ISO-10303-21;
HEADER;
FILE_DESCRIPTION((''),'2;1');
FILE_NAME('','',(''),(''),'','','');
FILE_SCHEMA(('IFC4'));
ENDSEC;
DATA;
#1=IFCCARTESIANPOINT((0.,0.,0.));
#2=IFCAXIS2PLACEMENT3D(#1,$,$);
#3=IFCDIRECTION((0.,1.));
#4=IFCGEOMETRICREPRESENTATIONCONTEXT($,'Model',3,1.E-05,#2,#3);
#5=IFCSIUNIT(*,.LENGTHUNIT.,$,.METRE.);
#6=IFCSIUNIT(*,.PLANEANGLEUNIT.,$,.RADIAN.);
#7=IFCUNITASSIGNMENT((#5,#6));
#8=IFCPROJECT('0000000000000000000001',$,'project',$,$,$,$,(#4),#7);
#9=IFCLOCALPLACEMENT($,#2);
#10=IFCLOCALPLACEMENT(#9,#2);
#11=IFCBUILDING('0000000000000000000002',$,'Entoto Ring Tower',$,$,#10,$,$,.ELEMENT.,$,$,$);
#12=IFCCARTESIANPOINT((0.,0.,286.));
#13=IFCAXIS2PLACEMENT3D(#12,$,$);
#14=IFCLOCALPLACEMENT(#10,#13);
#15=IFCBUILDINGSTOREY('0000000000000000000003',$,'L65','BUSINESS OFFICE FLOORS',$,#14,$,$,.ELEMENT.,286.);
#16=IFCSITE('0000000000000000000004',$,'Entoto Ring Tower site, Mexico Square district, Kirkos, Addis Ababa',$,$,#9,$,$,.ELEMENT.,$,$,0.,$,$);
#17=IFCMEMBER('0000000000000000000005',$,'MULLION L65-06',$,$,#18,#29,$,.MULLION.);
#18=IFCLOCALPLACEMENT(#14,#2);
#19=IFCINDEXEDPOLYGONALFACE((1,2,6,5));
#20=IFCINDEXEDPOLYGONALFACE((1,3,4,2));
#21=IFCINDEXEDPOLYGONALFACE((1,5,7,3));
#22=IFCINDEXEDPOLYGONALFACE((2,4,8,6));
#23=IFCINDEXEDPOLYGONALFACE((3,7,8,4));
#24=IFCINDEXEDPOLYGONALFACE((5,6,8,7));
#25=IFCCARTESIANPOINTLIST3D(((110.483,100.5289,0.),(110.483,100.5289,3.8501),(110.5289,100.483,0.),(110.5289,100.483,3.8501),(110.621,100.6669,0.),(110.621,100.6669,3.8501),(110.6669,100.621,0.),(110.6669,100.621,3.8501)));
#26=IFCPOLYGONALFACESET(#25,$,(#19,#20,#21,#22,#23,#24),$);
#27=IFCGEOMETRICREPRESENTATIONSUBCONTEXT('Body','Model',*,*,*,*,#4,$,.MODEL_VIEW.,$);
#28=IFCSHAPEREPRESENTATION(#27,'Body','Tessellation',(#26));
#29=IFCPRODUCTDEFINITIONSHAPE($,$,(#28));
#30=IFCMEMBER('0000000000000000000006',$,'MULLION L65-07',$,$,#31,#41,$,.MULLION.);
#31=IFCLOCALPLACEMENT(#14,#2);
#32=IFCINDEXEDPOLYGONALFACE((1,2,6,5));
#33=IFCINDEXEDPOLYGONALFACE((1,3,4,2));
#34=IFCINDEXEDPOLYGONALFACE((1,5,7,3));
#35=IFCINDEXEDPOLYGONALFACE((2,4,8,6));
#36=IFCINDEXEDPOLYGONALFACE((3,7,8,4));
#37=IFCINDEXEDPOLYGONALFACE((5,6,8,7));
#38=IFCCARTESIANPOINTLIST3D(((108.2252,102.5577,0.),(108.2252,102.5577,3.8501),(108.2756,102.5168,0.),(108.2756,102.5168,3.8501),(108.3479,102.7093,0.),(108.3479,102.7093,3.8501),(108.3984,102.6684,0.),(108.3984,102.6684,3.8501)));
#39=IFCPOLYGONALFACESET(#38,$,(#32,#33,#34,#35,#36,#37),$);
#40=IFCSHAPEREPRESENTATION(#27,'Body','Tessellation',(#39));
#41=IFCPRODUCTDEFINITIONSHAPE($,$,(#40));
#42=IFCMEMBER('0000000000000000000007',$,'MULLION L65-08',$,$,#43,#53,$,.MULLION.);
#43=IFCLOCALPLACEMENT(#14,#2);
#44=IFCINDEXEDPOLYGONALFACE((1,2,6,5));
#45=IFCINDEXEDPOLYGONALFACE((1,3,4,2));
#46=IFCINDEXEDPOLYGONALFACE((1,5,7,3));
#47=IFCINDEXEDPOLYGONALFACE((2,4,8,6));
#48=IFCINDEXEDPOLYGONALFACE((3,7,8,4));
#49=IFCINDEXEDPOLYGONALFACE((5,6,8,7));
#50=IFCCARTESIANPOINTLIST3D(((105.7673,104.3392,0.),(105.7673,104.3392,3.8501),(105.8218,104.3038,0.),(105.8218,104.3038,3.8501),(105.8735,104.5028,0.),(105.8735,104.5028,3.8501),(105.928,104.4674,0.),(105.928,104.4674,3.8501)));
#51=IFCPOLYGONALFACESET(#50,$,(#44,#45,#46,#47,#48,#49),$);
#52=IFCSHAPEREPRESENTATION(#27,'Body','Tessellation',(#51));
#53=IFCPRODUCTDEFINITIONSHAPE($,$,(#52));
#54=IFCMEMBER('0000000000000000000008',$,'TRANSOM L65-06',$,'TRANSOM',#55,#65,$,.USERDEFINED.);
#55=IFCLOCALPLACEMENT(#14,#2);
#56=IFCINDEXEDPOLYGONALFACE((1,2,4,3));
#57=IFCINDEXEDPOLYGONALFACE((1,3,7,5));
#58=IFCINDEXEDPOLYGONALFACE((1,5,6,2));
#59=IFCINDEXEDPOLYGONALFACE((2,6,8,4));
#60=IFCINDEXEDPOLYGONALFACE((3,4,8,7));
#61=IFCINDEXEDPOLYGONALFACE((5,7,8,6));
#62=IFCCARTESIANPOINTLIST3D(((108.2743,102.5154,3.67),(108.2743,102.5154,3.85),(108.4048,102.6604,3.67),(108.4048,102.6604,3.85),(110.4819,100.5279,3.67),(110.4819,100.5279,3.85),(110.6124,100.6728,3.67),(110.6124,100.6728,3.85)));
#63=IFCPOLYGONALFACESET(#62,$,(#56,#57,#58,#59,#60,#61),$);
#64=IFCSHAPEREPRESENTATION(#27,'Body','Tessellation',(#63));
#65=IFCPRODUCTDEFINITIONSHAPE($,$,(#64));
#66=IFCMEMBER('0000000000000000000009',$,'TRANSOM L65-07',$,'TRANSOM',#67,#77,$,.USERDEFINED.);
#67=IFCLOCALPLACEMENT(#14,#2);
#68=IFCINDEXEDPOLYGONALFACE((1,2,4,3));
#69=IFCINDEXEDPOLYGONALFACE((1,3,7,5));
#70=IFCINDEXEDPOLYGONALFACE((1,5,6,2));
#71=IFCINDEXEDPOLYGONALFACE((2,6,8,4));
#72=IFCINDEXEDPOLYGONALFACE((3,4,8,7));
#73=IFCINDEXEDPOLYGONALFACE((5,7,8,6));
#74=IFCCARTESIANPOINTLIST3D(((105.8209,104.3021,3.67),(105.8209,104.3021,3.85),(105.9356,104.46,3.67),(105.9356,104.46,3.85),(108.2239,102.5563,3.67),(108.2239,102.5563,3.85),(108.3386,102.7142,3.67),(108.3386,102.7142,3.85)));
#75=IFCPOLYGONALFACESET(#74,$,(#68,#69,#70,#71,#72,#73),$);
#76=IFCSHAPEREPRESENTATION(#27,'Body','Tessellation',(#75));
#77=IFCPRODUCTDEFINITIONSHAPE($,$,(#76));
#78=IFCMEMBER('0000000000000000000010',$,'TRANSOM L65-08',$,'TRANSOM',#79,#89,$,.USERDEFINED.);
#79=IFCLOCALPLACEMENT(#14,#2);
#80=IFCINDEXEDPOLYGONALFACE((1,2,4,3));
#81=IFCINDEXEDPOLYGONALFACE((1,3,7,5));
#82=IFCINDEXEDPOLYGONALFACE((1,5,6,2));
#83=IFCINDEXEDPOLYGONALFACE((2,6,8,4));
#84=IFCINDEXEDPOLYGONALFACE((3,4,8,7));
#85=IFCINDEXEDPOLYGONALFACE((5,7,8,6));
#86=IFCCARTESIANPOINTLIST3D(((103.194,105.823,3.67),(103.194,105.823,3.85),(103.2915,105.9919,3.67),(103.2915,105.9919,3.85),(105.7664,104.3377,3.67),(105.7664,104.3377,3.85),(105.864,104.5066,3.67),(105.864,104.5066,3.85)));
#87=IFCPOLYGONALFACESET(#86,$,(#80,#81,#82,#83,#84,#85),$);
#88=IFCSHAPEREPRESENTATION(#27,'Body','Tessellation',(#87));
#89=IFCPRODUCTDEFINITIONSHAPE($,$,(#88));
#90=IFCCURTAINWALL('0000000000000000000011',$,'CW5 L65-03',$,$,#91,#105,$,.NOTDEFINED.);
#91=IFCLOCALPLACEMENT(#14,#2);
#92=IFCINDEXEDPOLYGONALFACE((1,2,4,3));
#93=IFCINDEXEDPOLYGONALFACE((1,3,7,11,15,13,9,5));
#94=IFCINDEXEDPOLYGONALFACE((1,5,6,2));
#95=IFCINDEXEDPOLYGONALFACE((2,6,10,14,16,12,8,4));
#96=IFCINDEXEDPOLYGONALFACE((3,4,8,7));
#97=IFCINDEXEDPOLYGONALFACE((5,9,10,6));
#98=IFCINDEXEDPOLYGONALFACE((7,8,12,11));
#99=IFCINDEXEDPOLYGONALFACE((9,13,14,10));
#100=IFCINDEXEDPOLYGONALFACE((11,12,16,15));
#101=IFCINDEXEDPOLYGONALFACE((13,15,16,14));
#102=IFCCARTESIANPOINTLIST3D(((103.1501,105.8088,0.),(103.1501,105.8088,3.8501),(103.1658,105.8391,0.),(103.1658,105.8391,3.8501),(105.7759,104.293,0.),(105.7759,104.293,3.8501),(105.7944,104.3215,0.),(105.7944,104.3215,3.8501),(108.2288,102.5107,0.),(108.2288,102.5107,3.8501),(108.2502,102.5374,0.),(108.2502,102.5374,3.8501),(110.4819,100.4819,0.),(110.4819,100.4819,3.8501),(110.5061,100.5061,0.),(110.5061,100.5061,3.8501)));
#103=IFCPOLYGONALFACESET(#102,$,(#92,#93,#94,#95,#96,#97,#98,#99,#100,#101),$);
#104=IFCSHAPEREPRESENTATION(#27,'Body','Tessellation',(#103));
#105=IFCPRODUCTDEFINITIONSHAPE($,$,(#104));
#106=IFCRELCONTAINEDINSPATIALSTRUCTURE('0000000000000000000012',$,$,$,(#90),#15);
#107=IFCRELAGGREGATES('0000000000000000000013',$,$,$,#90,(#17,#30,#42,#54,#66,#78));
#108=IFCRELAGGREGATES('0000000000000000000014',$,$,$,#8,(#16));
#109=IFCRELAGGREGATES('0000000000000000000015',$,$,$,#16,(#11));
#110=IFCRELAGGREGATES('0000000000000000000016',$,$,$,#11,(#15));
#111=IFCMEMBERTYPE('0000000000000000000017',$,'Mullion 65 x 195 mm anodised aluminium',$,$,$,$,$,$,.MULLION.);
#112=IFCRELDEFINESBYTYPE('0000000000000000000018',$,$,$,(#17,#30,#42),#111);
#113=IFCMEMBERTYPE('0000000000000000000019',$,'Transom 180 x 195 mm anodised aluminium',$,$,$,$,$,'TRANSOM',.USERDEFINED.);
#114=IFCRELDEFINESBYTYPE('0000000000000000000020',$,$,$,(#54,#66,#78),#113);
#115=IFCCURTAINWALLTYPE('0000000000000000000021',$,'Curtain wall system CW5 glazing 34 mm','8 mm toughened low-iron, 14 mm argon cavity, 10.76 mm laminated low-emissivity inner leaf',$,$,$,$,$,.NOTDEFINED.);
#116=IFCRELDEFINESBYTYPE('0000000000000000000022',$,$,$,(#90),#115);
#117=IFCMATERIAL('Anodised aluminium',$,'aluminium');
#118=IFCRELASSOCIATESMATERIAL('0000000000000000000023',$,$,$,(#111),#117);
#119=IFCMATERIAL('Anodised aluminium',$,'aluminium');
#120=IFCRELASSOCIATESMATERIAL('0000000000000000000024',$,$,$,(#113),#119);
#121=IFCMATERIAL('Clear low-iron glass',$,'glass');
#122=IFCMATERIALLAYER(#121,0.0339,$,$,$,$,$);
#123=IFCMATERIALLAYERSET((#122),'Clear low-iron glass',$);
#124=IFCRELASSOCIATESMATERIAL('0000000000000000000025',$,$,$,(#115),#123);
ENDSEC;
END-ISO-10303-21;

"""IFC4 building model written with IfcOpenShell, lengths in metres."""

from ifc_helpers import new_model, si_unit, direction, frame, origin, origin_2d, place, context, subcontext, project, spatial, polyline, rectangle, outline, extrude, material, layer, layer_set, material_profile, profile_set, type_object, element, aggregate, save


model = new_model("IFC4")

# Units and contexts
model_context = context("Model", 3, precision=1e-05, world=origin(), true_north=direction((0.0, 1.0)))
body_context = subcontext(model_context, "Body", "Model", "MODEL_VIEW")
ifc_project = project(units=[si_unit("LENGTHUNIT", "METRE"), si_unit("PLANEANGLEUNIT", "RADIAN")], contexts=[model_context])

# Members
ifc_material_1 = material(Name="Anodised aluminium", Category="aluminium")
ifc_material_profile_1 = material_profile(ifc_material_1, rectangle(XDim=0.0649, YDim=0.1951, at=origin_2d()), Name="Mullion 65 x 195 mm anodised aluminium")
ifc_profile_set_1 = profile_set([ifc_material_profile_1], Name="Anodised aluminium")
member_type_1 = type_object("IfcMemberType", Name="Mullion 65 x 195 mm anodised aluminium", PredefinedType="MULLION", material=ifc_profile_set_1)
site_placement = place(None, origin())
building_placement = place(site_placement, origin())
storey_placement = place(building_placement, frame((0.0, 0.0, 286.0)))
member_1_placement = place(storey_placement, frame((110.575, 100.575, 0.0), z_axis=(0.0, 0.0, 1.0), x_axis=(-0.707107, 0.707107, 0.0)))
member_1 = element("IfcMember", 1, at=member_1_placement, type_object=member_type_1, Name="MULLION L65-06", PredefinedType="MULLION", context=body_context, shape_type="SweptSolid", body=[
    extrude(rectangle(XDim=0.0649, YDim=0.1951, at=origin_2d()), origin(), (0.0, 0.0, 1.0), 3.8501),
])
member_2_placement = place(storey_placement, frame((108.3118, 102.613, 0.0), z_axis=(0.0, 0.0, 1.0), x_axis=(-0.777146, 0.62932, 0.0)))
member_2 = element("IfcMember", 2, at=member_2_placement, type_object=member_type_1, Name="MULLION L65-07", PredefinedType="MULLION", context=body_context, shape_type="SweptSolid", body=[
    extrude(rectangle(XDim=0.0649, YDim=0.1951, at=origin_2d()), origin(), (0.0, 0.0, 1.0), 3.8501),
])
member_3_placement = place(storey_placement, frame((105.8477, 104.4033, 0.0), z_axis=(0.0, 0.0, 1.0), x_axis=(-0.838671, 0.544639, 0.0)))
member_3 = element("IfcMember", 3, at=member_3_placement, type_object=member_type_1, Name="MULLION L65-08", PredefinedType="MULLION", context=body_context, shape_type="SweptSolid", body=[
    extrude(rectangle(XDim=0.0649, YDim=0.1951, at=origin_2d()), origin(), (0.0, 0.0, 1.0), 3.8501),
])
ifc_material_2 = material(Name="Anodised aluminium", Category="aluminium")
ifc_material_profile_2 = material_profile(ifc_material_2, rectangle(XDim=0.1951, YDim=0.1799, at=origin_2d()), Name="Transom 180 x 195 mm anodised aluminium")
ifc_profile_set_2 = profile_set([ifc_material_profile_2], Name="Anodised aluminium")
member_type_2 = type_object("IfcMemberType", Name="Transom 180 x 195 mm anodised aluminium", ElementType="TRANSOM", PredefinedType="USERDEFINED", material=ifc_profile_set_2)
member_4_placement = place(storey_placement, frame((110.5471, 100.6003, 3.76), z_axis=(-0.743163, 0.66911, 0.0), x_axis=(-0.66911, -0.743163, 0.0)))
member_4 = element("IfcMember", 4, at=member_4_placement, type_object=member_type_2, Name="TRANSOM L65-06", ObjectType="TRANSOM", PredefinedType="USERDEFINED", context=body_context, shape_type="SweptSolid", body=[
    extrude(rectangle(XDim=0.1951, YDim=0.1799, at=origin_2d()), origin(), (0.0, 0.0, 1.0), 2.9705),
])
member_5_placement = place(storey_placement, frame((108.2812, 102.6353, 3.76), z_axis=(-0.809031, 0.587766, 0.0), x_axis=(-0.587766, -0.809031, 0.0)))
member_5 = element("IfcMember", 5, at=member_5_placement, type_object=member_type_2, Name="TRANSOM L65-07", ObjectType="TRANSOM", PredefinedType="USERDEFINED", context=body_context, shape_type="SweptSolid", body=[
    extrude(rectangle(XDim=0.1951, YDim=0.1799, at=origin_2d()), origin(), (0.0, 0.0, 1.0), 2.9702),
])
member_6_placement = place(storey_placement, frame((105.8152, 104.4221, 3.76), z_axis=(-0.866009, 0.500028, 0.0), x_axis=(-0.500028, -0.866009, 0.0)))
member_6 = element("IfcMember", 6, at=member_6_placement, type_object=member_type_2, Name="TRANSOM L65-08", ObjectType="TRANSOM", PredefinedType="USERDEFINED", context=body_context, shape_type="SweptSolid", body=[
    extrude(rectangle(XDim=0.1951, YDim=0.1799, at=origin_2d()), origin(), (0.0, 0.0, 1.0), 2.9705),
])

# Site, building, storey
site = spatial("IfcSite", under=ifc_project, at=site_placement, Name="Entoto Ring Tower site, Mexico Square district, Kirkos, Addis Ababa", CompositionType="ELEMENT", RefElevation=0.0)
building = spatial("IfcBuilding", under=site, at=building_placement, Name="Entoto Ring Tower", CompositionType="ELEMENT")
storey = spatial("IfcBuildingStorey", under=building, at=storey_placement, Name="L65", Description="BUSINESS OFFICE FLOORS", CompositionType="ELEMENT", Elevation=286.0)

# Curtain wall
ifc_material_3 = material(Name="Clear low-iron glass", Category="glass")
ifc_layer = layer(ifc_material_3, 0.0339)
ifc_layer_set = layer_set([ifc_layer], Name="Clear low-iron glass")
curtain_wall_type = type_object("IfcCurtainWallType", Name="Curtain wall system CW5 glazing 34 mm", Description="8 mm toughened low-iron, 14 mm argon cavity, 10.76 mm laminated low-emissivity inner leaf", PredefinedType="NOTDEFINED", material=ifc_layer_set)
curtain_wall_1_placement = place(storey_placement, origin())
curtain_wall_1 = element("IfcCurtainWall", 7, at=curtain_wall_1_placement, inside=storey, type_object=curtain_wall_type, Name="CW5 L65-03", PredefinedType="NOTDEFINED", context=body_context, shape_type="SweptSolid", body=[
    extrude(outline(polyline([(110.5061, 100.5061), (108.2502, 102.5374), (105.7944, 104.3215), (103.1658, 105.8391), (103.1501, 105.8088), (105.7759, 104.293), (108.2288, 102.5107), (110.4819, 100.4819), (110.5061, 100.5061)])), origin(), (0.0, 0.0, 1.0), 3.8501),
])
aggregate(curtain_wall_1, [member_1, member_2, member_3, member_4, member_5, member_6])

save(model, "model.ifc")
